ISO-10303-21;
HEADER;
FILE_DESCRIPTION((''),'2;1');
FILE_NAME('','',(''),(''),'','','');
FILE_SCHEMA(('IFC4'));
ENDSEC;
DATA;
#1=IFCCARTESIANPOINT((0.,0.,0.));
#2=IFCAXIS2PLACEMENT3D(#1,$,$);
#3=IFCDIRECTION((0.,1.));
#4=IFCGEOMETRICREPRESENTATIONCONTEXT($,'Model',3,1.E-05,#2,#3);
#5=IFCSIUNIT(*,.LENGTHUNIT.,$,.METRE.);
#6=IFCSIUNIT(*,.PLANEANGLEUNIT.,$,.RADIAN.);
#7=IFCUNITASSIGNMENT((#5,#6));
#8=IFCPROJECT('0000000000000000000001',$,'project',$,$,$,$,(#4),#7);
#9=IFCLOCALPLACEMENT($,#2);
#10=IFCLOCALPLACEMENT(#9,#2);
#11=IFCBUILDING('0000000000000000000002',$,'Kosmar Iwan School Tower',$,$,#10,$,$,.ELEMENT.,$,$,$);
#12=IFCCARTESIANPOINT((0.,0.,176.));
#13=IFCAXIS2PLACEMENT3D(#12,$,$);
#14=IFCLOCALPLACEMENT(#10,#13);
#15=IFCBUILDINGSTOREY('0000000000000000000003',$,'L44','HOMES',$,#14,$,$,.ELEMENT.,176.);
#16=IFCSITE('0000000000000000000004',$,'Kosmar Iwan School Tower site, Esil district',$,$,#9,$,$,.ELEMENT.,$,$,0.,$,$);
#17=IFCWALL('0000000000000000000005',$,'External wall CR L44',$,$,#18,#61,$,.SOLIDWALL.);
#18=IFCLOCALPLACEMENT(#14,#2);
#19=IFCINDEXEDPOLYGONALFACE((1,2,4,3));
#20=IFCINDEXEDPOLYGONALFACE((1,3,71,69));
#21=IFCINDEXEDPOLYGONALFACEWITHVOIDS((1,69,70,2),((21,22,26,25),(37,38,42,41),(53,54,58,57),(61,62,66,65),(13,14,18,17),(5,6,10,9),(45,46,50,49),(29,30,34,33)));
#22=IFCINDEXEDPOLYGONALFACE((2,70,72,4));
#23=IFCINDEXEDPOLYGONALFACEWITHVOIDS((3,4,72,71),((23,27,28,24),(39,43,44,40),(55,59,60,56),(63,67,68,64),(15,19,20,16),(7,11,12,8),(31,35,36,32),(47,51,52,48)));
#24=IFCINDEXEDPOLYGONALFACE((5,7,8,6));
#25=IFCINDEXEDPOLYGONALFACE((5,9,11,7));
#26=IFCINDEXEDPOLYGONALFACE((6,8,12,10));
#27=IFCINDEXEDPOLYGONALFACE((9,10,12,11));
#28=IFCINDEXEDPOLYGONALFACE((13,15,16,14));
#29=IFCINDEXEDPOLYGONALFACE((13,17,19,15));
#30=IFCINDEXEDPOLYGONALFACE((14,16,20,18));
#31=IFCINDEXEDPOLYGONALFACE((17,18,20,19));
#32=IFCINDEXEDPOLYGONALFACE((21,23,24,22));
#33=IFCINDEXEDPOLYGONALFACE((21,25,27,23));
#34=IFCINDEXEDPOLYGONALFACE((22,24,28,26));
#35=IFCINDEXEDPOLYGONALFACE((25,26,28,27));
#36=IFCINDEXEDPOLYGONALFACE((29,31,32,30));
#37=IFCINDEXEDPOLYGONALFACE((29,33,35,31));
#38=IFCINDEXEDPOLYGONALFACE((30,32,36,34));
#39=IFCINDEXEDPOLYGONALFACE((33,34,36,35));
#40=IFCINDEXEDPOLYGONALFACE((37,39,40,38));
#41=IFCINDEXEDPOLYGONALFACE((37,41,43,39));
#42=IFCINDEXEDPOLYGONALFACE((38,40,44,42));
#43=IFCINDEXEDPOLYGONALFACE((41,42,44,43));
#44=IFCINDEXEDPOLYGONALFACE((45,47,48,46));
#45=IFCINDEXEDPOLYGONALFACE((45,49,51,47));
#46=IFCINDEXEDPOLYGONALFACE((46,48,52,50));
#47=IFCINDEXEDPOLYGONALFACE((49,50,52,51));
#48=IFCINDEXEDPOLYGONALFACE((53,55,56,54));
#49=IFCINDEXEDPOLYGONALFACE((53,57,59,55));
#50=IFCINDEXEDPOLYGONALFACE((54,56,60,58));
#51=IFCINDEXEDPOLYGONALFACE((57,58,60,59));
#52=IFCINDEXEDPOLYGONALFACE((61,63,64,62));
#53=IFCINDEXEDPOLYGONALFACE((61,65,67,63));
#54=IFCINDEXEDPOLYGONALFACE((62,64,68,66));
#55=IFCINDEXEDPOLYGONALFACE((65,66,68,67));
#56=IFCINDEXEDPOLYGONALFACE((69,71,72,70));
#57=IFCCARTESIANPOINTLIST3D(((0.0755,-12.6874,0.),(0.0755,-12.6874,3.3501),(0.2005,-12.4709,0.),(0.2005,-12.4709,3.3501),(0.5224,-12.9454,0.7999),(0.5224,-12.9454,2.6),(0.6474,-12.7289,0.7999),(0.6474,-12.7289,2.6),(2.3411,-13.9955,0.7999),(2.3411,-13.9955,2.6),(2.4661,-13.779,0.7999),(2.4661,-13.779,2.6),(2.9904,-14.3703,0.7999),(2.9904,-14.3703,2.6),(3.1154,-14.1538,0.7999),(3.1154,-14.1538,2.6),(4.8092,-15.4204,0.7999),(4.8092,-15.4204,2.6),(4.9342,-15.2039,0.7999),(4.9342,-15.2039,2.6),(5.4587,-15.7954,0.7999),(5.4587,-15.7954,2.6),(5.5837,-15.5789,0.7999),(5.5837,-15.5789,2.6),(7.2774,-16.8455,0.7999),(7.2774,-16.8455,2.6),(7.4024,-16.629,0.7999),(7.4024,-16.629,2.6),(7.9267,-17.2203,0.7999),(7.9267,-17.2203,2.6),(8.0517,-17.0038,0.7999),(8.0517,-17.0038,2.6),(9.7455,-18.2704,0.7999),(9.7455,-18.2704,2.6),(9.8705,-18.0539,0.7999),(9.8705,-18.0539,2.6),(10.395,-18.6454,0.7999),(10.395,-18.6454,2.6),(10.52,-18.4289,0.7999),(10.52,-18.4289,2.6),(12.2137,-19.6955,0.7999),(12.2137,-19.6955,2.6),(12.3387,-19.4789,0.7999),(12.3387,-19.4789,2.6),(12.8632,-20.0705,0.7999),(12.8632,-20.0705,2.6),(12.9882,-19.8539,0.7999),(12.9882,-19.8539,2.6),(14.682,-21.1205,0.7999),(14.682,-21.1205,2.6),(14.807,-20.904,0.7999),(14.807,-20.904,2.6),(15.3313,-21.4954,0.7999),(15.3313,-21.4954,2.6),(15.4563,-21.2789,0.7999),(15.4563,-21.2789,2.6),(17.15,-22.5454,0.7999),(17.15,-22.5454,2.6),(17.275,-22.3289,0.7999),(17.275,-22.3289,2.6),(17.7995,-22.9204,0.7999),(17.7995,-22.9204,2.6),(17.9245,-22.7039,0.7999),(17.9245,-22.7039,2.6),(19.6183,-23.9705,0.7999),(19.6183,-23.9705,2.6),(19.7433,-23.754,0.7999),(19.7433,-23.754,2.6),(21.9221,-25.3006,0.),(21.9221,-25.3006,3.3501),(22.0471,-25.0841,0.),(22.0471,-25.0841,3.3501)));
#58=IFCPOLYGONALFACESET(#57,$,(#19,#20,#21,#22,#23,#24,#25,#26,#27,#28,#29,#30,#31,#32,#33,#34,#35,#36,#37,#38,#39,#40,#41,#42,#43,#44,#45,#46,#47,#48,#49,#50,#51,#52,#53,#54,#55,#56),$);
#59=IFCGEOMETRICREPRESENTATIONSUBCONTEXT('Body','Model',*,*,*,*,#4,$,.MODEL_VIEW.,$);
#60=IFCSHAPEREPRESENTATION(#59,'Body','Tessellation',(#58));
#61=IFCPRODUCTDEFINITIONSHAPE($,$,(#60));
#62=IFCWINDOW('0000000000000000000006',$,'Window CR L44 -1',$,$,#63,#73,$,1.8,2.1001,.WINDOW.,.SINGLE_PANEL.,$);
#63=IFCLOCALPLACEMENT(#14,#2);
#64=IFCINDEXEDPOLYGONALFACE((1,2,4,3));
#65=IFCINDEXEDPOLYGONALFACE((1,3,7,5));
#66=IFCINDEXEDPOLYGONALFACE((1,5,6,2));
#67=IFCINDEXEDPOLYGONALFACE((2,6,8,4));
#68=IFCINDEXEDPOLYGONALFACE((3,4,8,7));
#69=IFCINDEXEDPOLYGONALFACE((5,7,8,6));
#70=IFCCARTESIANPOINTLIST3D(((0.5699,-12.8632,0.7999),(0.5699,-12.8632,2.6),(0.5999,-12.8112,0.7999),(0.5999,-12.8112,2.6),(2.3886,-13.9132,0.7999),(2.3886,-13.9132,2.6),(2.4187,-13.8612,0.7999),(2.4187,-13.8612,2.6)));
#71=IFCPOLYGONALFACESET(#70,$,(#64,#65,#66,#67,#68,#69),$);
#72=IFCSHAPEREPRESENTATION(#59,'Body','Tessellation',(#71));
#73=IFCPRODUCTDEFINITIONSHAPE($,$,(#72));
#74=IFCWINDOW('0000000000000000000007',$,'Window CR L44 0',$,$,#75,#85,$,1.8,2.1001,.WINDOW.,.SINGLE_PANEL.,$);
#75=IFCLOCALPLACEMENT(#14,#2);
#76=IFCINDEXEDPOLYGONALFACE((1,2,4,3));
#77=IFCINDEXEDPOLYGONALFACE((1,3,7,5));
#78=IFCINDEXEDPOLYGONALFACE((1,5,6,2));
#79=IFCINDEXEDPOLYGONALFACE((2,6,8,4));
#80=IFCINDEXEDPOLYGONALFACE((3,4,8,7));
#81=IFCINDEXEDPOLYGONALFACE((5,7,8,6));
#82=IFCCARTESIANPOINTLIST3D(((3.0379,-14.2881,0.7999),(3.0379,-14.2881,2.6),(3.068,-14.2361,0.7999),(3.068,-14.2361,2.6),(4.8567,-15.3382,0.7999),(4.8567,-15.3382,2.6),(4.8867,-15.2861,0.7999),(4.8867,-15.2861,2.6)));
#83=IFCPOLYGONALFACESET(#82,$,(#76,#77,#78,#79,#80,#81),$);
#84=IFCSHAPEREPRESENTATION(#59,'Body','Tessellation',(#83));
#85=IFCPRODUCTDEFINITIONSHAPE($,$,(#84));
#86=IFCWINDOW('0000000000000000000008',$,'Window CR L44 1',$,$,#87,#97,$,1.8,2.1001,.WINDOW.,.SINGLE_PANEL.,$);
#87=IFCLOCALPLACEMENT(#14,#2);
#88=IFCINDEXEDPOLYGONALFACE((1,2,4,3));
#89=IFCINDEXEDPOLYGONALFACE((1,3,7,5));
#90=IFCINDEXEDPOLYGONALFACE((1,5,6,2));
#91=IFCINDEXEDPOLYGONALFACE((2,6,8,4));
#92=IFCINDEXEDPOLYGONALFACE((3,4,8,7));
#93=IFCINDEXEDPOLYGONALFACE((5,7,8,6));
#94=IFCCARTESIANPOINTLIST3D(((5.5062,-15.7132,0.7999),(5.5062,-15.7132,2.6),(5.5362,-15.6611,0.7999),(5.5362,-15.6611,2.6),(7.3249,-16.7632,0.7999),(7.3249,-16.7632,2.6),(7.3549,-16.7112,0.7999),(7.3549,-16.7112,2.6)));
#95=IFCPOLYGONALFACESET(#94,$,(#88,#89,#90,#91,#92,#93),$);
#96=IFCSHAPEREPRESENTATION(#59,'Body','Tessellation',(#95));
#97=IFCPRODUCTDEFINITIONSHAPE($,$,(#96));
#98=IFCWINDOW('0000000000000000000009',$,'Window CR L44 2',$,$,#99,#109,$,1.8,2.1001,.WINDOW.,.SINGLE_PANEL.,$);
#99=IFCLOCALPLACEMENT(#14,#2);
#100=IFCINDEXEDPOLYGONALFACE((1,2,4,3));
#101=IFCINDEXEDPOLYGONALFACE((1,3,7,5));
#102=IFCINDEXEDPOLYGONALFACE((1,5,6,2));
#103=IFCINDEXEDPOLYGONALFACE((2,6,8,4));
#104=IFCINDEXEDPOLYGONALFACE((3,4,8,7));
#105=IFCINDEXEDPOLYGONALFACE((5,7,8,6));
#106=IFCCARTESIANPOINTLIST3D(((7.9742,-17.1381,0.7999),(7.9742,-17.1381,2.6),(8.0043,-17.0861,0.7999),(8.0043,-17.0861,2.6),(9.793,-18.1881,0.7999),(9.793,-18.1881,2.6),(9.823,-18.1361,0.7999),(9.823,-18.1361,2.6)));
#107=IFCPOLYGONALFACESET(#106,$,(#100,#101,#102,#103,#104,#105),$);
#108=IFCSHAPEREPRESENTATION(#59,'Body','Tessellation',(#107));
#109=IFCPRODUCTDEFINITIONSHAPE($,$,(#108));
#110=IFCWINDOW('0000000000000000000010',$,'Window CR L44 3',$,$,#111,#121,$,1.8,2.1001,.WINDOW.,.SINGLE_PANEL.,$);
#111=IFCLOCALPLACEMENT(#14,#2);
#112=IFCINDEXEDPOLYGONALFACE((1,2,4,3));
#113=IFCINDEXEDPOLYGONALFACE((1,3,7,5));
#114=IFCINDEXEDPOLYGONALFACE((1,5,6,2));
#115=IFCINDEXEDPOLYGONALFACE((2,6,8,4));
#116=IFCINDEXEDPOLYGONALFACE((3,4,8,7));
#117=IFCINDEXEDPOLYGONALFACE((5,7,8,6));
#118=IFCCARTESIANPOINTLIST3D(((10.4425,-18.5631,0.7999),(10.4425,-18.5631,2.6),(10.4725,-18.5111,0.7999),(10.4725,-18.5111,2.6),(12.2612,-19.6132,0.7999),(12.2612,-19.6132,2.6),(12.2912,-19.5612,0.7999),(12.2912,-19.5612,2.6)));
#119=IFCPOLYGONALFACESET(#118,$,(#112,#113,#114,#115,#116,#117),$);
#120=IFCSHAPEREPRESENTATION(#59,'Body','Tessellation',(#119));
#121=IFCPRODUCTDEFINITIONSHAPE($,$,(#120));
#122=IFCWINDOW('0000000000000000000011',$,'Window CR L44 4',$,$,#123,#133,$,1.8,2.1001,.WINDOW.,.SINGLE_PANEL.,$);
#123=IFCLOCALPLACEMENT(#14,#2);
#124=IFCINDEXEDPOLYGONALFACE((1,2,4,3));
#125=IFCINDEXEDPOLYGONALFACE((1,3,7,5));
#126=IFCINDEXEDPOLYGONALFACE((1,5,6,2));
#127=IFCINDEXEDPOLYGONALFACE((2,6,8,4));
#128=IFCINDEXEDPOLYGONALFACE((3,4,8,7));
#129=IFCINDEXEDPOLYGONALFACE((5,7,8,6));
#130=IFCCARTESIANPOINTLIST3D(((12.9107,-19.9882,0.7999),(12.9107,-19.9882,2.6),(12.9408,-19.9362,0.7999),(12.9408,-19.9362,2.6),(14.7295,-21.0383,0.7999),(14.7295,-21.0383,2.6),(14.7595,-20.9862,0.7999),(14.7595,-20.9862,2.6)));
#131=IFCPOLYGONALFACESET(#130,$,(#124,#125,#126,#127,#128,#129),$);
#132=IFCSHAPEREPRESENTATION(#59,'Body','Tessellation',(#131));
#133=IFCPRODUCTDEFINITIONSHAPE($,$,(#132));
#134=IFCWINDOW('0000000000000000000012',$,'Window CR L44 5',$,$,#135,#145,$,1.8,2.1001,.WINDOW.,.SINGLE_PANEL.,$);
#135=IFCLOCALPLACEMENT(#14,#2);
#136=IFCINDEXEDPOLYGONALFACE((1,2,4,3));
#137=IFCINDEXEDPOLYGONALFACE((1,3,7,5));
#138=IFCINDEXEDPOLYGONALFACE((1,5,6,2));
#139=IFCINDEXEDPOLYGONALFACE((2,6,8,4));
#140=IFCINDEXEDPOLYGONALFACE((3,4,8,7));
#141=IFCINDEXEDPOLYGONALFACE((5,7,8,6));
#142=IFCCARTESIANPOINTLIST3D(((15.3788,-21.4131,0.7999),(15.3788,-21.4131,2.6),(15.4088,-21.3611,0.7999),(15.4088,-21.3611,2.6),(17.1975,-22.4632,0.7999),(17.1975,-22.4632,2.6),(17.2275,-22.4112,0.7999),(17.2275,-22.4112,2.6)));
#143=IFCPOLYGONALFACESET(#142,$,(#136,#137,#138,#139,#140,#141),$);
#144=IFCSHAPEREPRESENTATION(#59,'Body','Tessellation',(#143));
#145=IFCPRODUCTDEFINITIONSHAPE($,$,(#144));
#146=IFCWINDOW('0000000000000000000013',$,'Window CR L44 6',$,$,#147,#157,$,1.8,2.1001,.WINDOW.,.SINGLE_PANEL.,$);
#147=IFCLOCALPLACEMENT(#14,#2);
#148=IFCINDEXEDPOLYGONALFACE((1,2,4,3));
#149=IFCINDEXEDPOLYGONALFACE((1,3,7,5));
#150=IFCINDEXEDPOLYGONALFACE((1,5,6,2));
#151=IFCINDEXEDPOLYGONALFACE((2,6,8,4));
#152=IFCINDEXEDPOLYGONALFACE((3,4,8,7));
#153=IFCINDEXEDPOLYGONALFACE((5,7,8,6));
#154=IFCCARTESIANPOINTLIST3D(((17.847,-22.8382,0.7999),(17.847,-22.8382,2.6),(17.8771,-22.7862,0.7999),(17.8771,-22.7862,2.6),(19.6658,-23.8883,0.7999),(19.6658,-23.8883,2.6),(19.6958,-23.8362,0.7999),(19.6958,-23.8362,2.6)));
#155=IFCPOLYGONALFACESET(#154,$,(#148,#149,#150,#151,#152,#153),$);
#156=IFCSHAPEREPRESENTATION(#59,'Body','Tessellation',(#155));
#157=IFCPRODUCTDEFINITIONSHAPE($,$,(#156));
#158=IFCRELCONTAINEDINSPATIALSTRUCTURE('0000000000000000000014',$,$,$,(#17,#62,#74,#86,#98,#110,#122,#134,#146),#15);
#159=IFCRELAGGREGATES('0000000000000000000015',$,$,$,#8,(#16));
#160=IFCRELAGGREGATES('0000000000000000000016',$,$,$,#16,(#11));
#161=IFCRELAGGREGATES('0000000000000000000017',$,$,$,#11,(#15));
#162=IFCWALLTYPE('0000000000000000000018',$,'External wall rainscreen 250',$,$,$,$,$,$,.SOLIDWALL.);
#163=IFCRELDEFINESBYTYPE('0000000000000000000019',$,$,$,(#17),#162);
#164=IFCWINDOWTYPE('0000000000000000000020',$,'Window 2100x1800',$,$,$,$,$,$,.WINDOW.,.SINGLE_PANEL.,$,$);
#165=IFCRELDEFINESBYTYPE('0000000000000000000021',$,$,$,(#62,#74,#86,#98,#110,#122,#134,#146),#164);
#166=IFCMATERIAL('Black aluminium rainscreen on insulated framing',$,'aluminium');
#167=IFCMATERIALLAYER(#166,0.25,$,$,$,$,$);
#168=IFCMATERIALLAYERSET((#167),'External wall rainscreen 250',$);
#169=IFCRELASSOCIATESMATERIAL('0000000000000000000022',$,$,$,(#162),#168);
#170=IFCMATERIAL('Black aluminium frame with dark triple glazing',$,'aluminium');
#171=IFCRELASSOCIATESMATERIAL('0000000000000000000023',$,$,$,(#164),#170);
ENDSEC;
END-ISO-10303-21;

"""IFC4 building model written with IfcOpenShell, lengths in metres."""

from ifc_helpers import new_model, si_unit, direction, frame, frame_2d, origin, place, context, subcontext, project, spatial, rectangle, extrude, material, layer, layer_set, type_object, element, fill, save


model = new_model("IFC4")

# Units and contexts
model_context = context("Model", 3, precision=1e-05, world=origin(), true_north=direction((0.0, 1.0)))
body_context = subcontext(model_context, "Body", "Model", "MODEL_VIEW")
ifc_project = project(units=[si_unit("LENGTHUNIT", "METRE"), si_unit("PLANEANGLEUNIT", "RADIAN")], contexts=[model_context])

# Site, building, storey
site_placement = place(None, origin())
site = spatial("IfcSite", under=ifc_project, at=site_placement, Name="Kosmar Iwan School Tower site, Esil district", CompositionType="ELEMENT", RefElevation=0.0)
building_placement = place(site_placement, origin())
building = spatial("IfcBuilding", under=site, at=building_placement, Name="Kosmar Iwan School Tower", CompositionType="ELEMENT")
storey_placement = place(building_placement, frame((0.0, 0.0, 176.0)))
storey = spatial("IfcBuildingStorey", under=building, at=storey_placement, Name="L44", Description="HOMES", CompositionType="ELEMENT", Elevation=176.0)

# Wall, openings, windows
ifc_material_1 = material(Name="Black aluminium rainscreen on insulated framing", Category="aluminium")
ifc_layer = layer(ifc_material_1, 0.25)
ifc_layer_set = layer_set([ifc_layer], Name="External wall rainscreen 250")
wall_type = type_object("IfcWallType", Name="External wall rainscreen 250", PredefinedType="SOLIDWALL", material=ifc_layer_set)
wall_placement = place(storey_placement, frame((0.1379, -12.5791, 0.0), z_axis=(0.0, 0.0, 1.0), x_axis=(0.866024, -0.500003, 0.0)))
wall = element("IfcWall", 1, at=wall_placement, inside=storey, type_object=wall_type, Name="External wall CR L44", PredefinedType="SOLIDWALL", context=body_context, shape_type="SweptSolid", body=[
    extrude(rectangle(XDim=25.2263, YDim=0.25, at=frame_2d((12.6133, 0.0))), origin(), (0.0, 0.0, 1.0), 3.3501),
])
opening_1_placement = place(wall_placement, frame((0.5161, 0.0, 0.8)))
opening_1 = element("IfcOpeningElement", 2, at=opening_1_placement, cuts=wall, PredefinedType="OPENING", context=body_context, shape_type="SweptSolid", body=[
    extrude(rectangle(XDim=2.1001, YDim=1.8, at=frame_2d((1.05, 0.8999))), frame((0.0, 0.137, 0.0), z_axis=(0.0, -1.0, 0.0), x_axis=(1.0, 0.0, 0.0)), (0.0, 0.0, 1.0), 0.2739),
])
opening_2_placement = place(wall_placement, frame((3.366, 0.0, 0.8)))
opening_2 = element("IfcOpeningElement", 3, at=opening_2_placement, cuts=wall, PredefinedType="OPENING", context=body_context, shape_type="SweptSolid", body=[
    extrude(rectangle(XDim=2.1001, YDim=1.8, at=frame_2d((1.05, 0.8999))), frame((0.0, 0.137, 0.0), z_axis=(0.0, -1.0, 0.0), x_axis=(1.0, 0.0, 0.0)), (0.0, 0.0, 1.0), 0.2739),
])
opening_3_placement = place(wall_placement, frame((6.2161, 0.0, 0.8)))
opening_3 = element("IfcOpeningElement", 4, at=opening_3_placement, cuts=wall, PredefinedType="OPENING", context=body_context, shape_type="SweptSolid", body=[
    extrude(rectangle(XDim=2.1001, YDim=1.8, at=frame_2d((1.05, 0.8999))), frame((0.0, 0.137, 0.0), z_axis=(0.0, -1.0, 0.0), x_axis=(1.0, 0.0, 0.0)), (0.0, 0.0, 1.0), 0.2739),
])
opening_4_placement = place(wall_placement, frame((9.0659, 0.0, 0.8)))
opening_4 = element("IfcOpeningElement", 5, at=opening_4_placement, cuts=wall, PredefinedType="OPENING", context=body_context, shape_type="SweptSolid", body=[
    extrude(rectangle(XDim=2.1001, YDim=1.8, at=frame_2d((1.05, 0.8999))), frame((0.0, 0.137, 0.0), z_axis=(0.0, -1.0, 0.0), x_axis=(1.0, 0.0, 0.0)), (0.0, 0.0, 1.0), 0.2739),
])
opening_5_placement = place(wall_placement, frame((11.916, 0.0, 0.8)))
opening_5 = element("IfcOpeningElement", 6, at=opening_5_placement, cuts=wall, PredefinedType="OPENING", context=body_context, shape_type="SweptSolid", body=[
    extrude(rectangle(XDim=2.1001, YDim=1.8, at=frame_2d((1.05, 0.8999))), frame((0.0, 0.137, 0.0), z_axis=(0.0, -1.0, 0.0), x_axis=(1.0, 0.0, 0.0)), (0.0, 0.0, 1.0), 0.2739),
])
opening_6_placement = place(wall_placement, frame((14.7661, 0.0, 0.8)))
opening_6 = element("IfcOpeningElement", 7, at=opening_6_placement, cuts=wall, PredefinedType="OPENING", context=body_context, shape_type="SweptSolid", body=[
    extrude(rectangle(XDim=2.1001, YDim=1.8, at=frame_2d((1.05, 0.8999))), frame((0.0, 0.137, 0.0), z_axis=(0.0, -1.0, 0.0), x_axis=(1.0, 0.0, 0.0)), (0.0, 0.0, 1.0), 0.2739),
])
opening_7_placement = place(wall_placement, frame((17.616, 0.0, 0.8)))
opening_7 = element("IfcOpeningElement", 8, at=opening_7_placement, cuts=wall, PredefinedType="OPENING", context=body_context, shape_type="SweptSolid", body=[
    extrude(rectangle(XDim=2.1001, YDim=1.8, at=frame_2d((1.05, 0.8999))), frame((0.0, 0.137, 0.0), z_axis=(0.0, -1.0, 0.0), x_axis=(1.0, 0.0, 0.0)), (0.0, 0.0, 1.0), 0.2739),
])
opening_8_placement = place(wall_placement, frame((20.4661, 0.0, 0.8)))
opening_8 = element("IfcOpeningElement", 9, at=opening_8_placement, cuts=wall, PredefinedType="OPENING", context=body_context, shape_type="SweptSolid", body=[
    extrude(rectangle(XDim=2.1001, YDim=1.8, at=frame_2d((1.05, 0.8999))), frame((0.0, 0.137, 0.0), z_axis=(0.0, -1.0, 0.0), x_axis=(1.0, 0.0, 0.0)), (0.0, 0.0, 1.0), 0.2739),
])
ifc_material_2 = material(Name="Black aluminium frame with dark triple glazing", Category="aluminium")
window_type = type_object("IfcWindowType", Name="Window 2100x1800", PartitioningType="SINGLE_PANEL", PredefinedType="WINDOW", material=ifc_material_2)
window_1_placement = place(opening_1_placement, origin())
window_1 = element("IfcWindow", 10, at=window_1_placement, inside=storey, type_object=window_type, Name="Window CR L44 -1", OverallHeight=1.8, OverallWidth=2.1001, PartitioningType="SINGLE_PANEL", PredefinedType="WINDOW", context=body_context, shape_type="SweptSolid", body=[
    extrude(rectangle(XDim=2.1001, YDim=1.8, at=frame_2d((1.05, 0.8999))), frame((0.0, 0.03, 0.0), z_axis=(0.0, -1.0, 0.0), x_axis=(1.0, 0.0, 0.0)), (0.0, 0.0, 1.0), 0.0601),
])
fill(opening_1, window_1)
window_2_placement = place(opening_2_placement, origin())
window_2 = element("IfcWindow", 11, at=window_2_placement, inside=storey, type_object=window_type, Name="Window CR L44 0", OverallHeight=1.8, OverallWidth=2.1001, PartitioningType="SINGLE_PANEL", PredefinedType="WINDOW", context=body_context, shape_type="SweptSolid", body=[
    extrude(rectangle(XDim=2.1001, YDim=1.8, at=frame_2d((1.05, 0.8999))), frame((0.0, 0.03, 0.0), z_axis=(0.0, -1.0, 0.0), x_axis=(1.0, 0.0, 0.0)), (0.0, 0.0, 1.0), 0.0601),
])
fill(opening_2, window_2)
window_3_placement = place(opening_3_placement, origin())
window_3 = element("IfcWindow", 12, at=window_3_placement, inside=storey, type_object=window_type, Name="Window CR L44 1", OverallHeight=1.8, OverallWidth=2.1001, PartitioningType="SINGLE_PANEL", PredefinedType="WINDOW", context=body_context, shape_type="SweptSolid", body=[
    extrude(rectangle(XDim=2.1001, YDim=1.8, at=frame_2d((1.05, 0.8999))), frame((0.0, 0.03, 0.0), z_axis=(0.0, -1.0, 0.0), x_axis=(1.0, 0.0, 0.0)), (0.0, 0.0, 1.0), 0.0601),
])
fill(opening_3, window_3)
window_4_placement = place(opening_4_placement, origin())
window_4 = element("IfcWindow", 13, at=window_4_placement, inside=storey, type_object=window_type, Name="Window CR L44 2", OverallHeight=1.8, OverallWidth=2.1001, PartitioningType="SINGLE_PANEL", PredefinedType="WINDOW", context=body_context, shape_type="SweptSolid", body=[
    extrude(rectangle(XDim=2.1001, YDim=1.8, at=frame_2d((1.05, 0.8999))), frame((0.0, 0.03, 0.0), z_axis=(0.0, -1.0, 0.0), x_axis=(1.0, 0.0, 0.0)), (0.0, 0.0, 1.0), 0.0601),
])
fill(opening_4, window_4)
window_5_placement = place(opening_5_placement, origin())
window_5 = element("IfcWindow", 14, at=window_5_placement, inside=storey, type_object=window_type, Name="Window CR L44 3", OverallHeight=1.8, OverallWidth=2.1001, PartitioningType="SINGLE_PANEL", PredefinedType="WINDOW", context=body_context, shape_type="SweptSolid", body=[
    extrude(rectangle(XDim=2.1001, YDim=1.8, at=frame_2d((1.05, 0.8999))), frame((0.0, 0.03, 0.0), z_axis=(0.0, -1.0, 0.0), x_axis=(1.0, 0.0, 0.0)), (0.0, 0.0, 1.0), 0.0601),
])
fill(opening_5, window_5)
window_6_placement = place(opening_6_placement, origin())
window_6 = element("IfcWindow", 15, at=window_6_placement, inside=storey, type_object=window_type, Name="Window CR L44 4", OverallHeight=1.8, OverallWidth=2.1001, PartitioningType="SINGLE_PANEL", PredefinedType="WINDOW", context=body_context, shape_type="SweptSolid", body=[
    extrude(rectangle(XDim=2.1001, YDim=1.8, at=frame_2d((1.05, 0.8999))), frame((0.0, 0.03, 0.0), z_axis=(0.0, -1.0, 0.0), x_axis=(1.0, 0.0, 0.0)), (0.0, 0.0, 1.0), 0.0601),
])
fill(opening_6, window_6)
window_7_placement = place(opening_7_placement, origin())
window_7 = element("IfcWindow", 16, at=window_7_placement, inside=storey, type_object=window_type, Name="Window CR L44 5", OverallHeight=1.8, OverallWidth=2.1001, PartitioningType="SINGLE_PANEL", PredefinedType="WINDOW", context=body_context, shape_type="SweptSolid", body=[
    extrude(rectangle(XDim=2.1001, YDim=1.8, at=frame_2d((1.05, 0.8999))), frame((0.0, 0.03, 0.0), z_axis=(0.0, -1.0, 0.0), x_axis=(1.0, 0.0, 0.0)), (0.0, 0.0, 1.0), 0.0601),
])
fill(opening_7, window_7)
window_8_placement = place(opening_8_placement, origin())
window_8 = element("IfcWindow", 17, at=window_8_placement, inside=storey, type_object=window_type, Name="Window CR L44 6", OverallHeight=1.8, OverallWidth=2.1001, PartitioningType="SINGLE_PANEL", PredefinedType="WINDOW", context=body_context, shape_type="SweptSolid", body=[
    extrude(rectangle(XDim=2.1001, YDim=1.8, at=frame_2d((1.05, 0.8999))), frame((0.0, 0.03, 0.0), z_axis=(0.0, -1.0, 0.0), x_axis=(1.0, 0.0, 0.0)), (0.0, 0.0, 1.0), 0.0601),
])
fill(opening_8, window_8)

save(model, "model.ifc")
